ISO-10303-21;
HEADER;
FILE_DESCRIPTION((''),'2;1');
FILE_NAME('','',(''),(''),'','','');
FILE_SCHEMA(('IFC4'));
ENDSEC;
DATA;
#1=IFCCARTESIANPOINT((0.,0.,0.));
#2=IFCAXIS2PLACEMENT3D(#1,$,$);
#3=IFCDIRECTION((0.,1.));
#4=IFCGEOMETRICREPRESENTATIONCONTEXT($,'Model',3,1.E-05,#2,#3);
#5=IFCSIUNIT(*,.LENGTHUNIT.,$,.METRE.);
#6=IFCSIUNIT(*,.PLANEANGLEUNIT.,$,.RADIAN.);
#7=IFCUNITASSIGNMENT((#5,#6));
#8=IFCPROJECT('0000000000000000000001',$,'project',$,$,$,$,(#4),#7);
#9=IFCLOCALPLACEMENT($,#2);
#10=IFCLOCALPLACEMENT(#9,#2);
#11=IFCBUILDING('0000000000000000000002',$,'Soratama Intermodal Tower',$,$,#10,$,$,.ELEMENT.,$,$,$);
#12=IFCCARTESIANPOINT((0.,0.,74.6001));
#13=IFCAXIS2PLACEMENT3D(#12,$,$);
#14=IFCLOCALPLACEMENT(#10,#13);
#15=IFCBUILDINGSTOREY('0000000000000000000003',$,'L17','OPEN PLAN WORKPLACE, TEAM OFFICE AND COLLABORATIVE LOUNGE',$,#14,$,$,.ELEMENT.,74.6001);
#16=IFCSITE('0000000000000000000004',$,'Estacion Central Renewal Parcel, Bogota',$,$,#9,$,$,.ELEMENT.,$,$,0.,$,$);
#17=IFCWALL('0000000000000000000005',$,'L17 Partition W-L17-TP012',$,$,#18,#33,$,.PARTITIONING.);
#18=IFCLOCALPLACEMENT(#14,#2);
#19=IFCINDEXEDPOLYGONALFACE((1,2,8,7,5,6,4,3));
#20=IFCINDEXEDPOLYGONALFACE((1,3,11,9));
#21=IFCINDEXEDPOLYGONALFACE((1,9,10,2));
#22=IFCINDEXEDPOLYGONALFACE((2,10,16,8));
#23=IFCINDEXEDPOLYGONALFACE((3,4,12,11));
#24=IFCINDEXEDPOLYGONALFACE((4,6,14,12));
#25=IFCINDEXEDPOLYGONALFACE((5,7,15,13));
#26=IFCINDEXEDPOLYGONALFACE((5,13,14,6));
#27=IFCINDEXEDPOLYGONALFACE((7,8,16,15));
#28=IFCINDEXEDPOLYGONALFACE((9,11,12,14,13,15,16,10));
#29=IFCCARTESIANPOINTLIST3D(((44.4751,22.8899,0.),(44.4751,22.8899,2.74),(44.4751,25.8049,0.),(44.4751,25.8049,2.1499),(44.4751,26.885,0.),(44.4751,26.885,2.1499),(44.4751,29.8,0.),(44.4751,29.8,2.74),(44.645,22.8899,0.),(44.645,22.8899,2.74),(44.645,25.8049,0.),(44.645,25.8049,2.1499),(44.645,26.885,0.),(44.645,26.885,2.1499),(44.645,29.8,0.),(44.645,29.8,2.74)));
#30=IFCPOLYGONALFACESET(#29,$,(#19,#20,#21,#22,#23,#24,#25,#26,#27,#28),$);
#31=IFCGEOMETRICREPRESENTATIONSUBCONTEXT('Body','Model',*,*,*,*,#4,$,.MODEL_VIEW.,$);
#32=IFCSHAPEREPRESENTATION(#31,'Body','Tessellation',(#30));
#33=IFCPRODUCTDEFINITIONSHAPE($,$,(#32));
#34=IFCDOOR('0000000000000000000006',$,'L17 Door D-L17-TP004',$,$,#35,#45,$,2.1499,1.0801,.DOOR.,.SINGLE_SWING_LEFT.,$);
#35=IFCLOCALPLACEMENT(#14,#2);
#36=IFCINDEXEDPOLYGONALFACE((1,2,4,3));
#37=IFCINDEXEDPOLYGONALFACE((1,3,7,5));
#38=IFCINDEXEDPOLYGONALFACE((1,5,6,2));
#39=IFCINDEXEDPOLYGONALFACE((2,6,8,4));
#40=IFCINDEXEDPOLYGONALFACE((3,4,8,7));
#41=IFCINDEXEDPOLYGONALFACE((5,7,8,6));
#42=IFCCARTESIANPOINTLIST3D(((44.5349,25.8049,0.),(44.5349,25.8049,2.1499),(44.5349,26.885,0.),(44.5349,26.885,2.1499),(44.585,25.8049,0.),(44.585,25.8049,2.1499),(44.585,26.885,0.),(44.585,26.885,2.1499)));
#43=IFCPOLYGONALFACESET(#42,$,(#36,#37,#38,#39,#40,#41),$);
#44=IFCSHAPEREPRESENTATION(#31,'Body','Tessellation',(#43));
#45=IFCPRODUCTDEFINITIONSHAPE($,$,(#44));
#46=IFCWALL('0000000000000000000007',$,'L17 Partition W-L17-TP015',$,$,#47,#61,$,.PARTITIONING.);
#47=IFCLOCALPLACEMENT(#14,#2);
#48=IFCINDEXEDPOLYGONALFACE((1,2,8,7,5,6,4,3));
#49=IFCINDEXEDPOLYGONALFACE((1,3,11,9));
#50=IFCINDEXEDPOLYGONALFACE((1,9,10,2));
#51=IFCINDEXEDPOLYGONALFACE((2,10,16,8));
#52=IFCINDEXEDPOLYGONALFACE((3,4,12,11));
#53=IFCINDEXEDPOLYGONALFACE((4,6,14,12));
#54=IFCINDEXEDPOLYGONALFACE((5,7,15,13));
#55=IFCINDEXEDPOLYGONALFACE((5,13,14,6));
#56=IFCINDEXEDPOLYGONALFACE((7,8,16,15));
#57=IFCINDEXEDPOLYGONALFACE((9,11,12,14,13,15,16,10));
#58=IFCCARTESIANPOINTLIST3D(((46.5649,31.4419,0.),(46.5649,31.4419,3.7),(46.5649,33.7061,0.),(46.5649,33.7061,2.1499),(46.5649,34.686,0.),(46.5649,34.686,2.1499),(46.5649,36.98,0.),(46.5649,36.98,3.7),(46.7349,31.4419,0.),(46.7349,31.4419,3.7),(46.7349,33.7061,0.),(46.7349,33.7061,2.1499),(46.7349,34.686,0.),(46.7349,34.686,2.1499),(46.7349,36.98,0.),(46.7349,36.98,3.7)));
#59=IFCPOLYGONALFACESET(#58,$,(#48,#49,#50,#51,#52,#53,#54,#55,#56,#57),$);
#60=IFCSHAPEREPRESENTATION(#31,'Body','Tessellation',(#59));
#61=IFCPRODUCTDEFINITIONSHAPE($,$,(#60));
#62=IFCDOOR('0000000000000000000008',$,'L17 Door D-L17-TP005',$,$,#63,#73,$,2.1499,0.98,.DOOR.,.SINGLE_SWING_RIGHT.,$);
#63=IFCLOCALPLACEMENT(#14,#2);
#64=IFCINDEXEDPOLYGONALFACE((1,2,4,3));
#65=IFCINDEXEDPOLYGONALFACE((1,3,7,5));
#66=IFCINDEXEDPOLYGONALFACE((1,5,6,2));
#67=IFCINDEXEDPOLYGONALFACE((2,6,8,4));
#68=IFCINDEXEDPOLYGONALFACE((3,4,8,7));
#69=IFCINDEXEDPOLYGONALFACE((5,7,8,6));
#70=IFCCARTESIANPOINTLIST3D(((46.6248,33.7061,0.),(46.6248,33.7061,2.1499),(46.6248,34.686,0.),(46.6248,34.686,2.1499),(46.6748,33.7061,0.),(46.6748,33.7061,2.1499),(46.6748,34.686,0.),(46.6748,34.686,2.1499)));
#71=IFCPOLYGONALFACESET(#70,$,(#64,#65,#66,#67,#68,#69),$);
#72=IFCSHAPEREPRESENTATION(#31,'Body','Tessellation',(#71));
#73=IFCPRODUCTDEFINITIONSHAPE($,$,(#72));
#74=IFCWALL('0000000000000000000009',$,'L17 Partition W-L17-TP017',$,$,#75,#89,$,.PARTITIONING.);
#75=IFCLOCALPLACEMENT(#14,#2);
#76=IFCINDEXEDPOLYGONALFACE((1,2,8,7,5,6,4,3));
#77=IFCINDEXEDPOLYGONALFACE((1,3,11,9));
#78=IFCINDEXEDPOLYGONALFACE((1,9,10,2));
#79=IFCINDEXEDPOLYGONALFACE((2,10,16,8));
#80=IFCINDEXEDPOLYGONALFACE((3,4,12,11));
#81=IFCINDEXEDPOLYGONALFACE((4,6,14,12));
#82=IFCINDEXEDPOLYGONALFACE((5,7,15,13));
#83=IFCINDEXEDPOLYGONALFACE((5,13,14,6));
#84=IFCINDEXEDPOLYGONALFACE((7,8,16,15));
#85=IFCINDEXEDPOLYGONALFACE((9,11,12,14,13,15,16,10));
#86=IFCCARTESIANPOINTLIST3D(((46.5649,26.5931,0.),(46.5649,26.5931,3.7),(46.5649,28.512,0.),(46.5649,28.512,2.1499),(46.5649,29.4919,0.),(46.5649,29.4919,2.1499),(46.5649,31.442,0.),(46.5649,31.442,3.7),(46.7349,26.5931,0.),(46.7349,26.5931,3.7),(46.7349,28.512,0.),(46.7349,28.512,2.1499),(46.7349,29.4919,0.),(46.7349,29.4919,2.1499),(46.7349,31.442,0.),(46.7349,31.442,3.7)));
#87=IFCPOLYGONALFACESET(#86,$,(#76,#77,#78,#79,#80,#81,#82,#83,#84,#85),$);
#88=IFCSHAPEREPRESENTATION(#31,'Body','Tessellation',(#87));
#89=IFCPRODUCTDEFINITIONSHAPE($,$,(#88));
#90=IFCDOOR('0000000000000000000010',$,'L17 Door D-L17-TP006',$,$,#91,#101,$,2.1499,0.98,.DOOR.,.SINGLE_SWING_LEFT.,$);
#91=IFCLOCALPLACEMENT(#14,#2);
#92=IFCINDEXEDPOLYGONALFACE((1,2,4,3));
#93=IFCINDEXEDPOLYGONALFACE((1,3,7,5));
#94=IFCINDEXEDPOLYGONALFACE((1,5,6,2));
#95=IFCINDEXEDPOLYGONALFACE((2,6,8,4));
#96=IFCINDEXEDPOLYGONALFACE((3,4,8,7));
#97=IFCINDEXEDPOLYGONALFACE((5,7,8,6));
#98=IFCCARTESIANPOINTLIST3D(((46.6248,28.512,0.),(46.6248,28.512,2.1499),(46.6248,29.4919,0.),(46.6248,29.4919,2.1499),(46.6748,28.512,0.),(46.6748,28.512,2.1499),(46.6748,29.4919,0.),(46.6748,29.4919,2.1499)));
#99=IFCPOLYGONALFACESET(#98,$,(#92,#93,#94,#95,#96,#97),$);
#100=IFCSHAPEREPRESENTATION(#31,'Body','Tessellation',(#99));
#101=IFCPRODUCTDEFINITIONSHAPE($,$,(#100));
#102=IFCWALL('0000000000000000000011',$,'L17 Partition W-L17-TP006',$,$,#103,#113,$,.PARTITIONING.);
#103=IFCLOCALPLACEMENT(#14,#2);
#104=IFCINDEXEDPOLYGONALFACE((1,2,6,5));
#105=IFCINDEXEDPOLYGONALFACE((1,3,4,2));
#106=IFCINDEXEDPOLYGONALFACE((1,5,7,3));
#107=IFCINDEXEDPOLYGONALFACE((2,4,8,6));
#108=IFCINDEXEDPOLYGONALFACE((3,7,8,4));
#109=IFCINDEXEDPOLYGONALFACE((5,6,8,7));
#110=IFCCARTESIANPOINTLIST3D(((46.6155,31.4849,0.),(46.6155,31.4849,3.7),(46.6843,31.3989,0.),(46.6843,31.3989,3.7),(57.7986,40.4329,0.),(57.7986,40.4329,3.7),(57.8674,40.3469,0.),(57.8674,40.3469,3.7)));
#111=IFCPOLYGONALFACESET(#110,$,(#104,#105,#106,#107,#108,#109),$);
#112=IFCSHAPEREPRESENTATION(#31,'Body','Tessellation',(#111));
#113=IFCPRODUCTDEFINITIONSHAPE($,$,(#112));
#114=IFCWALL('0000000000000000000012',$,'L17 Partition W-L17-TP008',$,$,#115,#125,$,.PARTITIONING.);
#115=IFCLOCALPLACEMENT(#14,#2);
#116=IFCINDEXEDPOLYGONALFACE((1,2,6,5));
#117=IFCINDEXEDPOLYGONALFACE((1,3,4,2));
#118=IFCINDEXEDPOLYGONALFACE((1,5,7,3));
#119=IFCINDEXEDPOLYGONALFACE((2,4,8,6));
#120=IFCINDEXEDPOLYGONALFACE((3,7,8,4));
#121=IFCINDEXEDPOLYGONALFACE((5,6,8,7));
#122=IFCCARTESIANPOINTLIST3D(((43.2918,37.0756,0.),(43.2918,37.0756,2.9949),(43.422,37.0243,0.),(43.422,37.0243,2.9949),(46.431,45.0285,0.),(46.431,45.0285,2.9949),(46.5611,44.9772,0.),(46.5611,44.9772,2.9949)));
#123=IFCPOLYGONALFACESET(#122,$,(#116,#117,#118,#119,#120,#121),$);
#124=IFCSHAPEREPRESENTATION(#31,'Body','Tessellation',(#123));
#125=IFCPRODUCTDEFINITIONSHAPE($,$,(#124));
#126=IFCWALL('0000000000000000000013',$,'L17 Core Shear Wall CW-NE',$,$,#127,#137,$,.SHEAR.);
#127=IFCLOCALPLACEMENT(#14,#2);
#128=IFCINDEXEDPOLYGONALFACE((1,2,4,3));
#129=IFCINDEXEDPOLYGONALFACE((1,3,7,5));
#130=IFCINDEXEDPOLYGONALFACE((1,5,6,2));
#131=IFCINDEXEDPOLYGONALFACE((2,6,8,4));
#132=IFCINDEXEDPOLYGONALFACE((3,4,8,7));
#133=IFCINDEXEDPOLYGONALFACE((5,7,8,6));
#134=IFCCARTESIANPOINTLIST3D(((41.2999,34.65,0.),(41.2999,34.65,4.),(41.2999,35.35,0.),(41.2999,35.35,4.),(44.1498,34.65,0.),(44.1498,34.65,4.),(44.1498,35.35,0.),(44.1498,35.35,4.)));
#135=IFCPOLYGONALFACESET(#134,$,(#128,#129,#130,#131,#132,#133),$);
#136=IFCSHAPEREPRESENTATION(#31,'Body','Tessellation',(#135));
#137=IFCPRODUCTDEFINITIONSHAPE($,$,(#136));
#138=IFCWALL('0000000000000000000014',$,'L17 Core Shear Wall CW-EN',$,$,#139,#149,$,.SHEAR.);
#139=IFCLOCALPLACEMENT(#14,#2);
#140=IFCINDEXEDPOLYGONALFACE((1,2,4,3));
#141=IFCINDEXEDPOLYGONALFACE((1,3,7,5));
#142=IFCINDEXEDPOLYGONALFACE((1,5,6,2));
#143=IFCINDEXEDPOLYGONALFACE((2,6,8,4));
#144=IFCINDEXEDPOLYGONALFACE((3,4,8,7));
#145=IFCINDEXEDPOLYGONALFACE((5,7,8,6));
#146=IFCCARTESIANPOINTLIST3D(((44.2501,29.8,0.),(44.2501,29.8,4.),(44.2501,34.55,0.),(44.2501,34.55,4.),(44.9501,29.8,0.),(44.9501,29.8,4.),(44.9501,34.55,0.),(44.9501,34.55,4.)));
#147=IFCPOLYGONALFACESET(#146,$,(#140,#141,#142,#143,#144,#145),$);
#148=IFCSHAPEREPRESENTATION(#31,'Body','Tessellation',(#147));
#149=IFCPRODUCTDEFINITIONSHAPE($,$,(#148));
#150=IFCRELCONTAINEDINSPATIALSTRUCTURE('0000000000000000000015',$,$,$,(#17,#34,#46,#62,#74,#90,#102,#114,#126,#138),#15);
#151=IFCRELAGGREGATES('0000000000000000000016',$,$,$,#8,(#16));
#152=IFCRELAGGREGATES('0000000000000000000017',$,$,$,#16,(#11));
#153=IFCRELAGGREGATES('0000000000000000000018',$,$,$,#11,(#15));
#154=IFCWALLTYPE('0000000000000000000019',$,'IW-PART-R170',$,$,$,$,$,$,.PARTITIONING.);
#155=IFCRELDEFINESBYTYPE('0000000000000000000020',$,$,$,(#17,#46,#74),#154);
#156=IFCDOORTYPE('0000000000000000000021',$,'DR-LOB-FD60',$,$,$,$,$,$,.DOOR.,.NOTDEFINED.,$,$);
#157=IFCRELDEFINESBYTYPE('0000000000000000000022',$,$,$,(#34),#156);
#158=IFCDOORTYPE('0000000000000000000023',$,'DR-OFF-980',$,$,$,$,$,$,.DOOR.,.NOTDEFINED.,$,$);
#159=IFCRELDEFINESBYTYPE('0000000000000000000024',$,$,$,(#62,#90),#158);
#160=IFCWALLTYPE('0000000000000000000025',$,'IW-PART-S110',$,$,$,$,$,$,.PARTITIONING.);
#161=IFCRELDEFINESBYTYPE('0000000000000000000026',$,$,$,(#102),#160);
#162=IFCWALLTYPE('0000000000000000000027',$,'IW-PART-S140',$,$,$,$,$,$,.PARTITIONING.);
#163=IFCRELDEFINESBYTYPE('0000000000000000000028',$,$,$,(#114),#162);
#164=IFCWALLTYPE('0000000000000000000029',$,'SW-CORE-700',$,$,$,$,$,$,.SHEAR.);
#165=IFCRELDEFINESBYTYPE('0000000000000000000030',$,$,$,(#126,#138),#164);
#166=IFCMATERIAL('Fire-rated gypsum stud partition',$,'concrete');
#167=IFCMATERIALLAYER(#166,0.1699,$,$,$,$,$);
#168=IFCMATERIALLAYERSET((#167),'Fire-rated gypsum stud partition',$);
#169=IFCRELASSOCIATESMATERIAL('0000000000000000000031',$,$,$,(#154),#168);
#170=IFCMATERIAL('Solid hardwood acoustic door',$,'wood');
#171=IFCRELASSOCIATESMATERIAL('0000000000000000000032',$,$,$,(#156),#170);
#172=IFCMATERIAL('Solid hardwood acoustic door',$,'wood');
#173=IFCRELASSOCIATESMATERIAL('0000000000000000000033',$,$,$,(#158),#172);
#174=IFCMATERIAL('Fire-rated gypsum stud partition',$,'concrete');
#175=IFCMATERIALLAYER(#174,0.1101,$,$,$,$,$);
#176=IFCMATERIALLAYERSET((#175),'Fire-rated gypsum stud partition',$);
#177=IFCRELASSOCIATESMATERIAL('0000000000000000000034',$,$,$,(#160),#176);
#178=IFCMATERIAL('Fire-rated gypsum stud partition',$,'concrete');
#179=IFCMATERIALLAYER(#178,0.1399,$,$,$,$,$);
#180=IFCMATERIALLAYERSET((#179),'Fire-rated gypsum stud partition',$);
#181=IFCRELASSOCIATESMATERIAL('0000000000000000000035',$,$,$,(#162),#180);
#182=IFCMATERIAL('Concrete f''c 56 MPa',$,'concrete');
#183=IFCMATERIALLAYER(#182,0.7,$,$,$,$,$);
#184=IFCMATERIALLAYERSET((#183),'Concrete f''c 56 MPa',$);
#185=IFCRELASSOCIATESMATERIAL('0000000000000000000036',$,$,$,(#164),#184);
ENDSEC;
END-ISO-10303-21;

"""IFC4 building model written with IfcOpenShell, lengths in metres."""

from ifc_helpers import new_model, si_unit, direction, frame, frame_2d, origin, place, context, subcontext, project, spatial, rectangle, extrude, material, layer, layer_set, type_object, element, fill, save


model = new_model("IFC4")

# Units and contexts
model_context = context("Model", 3, precision=1e-05, world=origin(), true_north=direction((0.0, 1.0)))
body_context = subcontext(model_context, "Body", "Model", "MODEL_VIEW")
ifc_project = project(units=[si_unit("LENGTHUNIT", "METRE"), si_unit("PLANEANGLEUNIT", "RADIAN")], contexts=[model_context])

# Site, building, storey
site_placement = place(None, origin())
site = spatial("IfcSite", under=ifc_project, at=site_placement, Name="Estacion Central Renewal Parcel, Bogota", CompositionType="ELEMENT", RefElevation=0.0)
building_placement = place(site_placement, origin())
building = spatial("IfcBuilding", under=site, at=building_placement, Name="Soratama Intermodal Tower", CompositionType="ELEMENT")
storey_placement = place(building_placement, frame((0.0, 0.0, 74.6001)))
storey = spatial("IfcBuildingStorey", under=building, at=storey_placement, Name="L17", Description="OPEN PLAN WORKPLACE, TEAM OFFICE AND COLLABORATIVE LOUNGE", CompositionType="ELEMENT", Elevation=74.6001)

# Walls, openings, doors
ifc_material_1 = material(Name="Fire-rated gypsum stud partition", Category="concrete")
ifc_layer_1 = layer(ifc_material_1, 0.1699)
ifc_layer_set_1 = layer_set([ifc_layer_1], Name="Fire-rated gypsum stud partition")
wall_type_1 = type_object("IfcWallType", Name="IW-PART-R170", PredefinedType="PARTITIONING", material=ifc_layer_set_1)
wall_1_placement = place(storey_placement, frame((44.5601, 29.8, 0.0), z_axis=(0.0, 0.0, 1.0), x_axis=(0.0, -1.0, 0.0)))
wall_1 = element("IfcWall", 1, at=wall_1_placement, inside=storey, type_object=wall_type_1, Name="L17 Partition W-L17-TP012", PredefinedType="PARTITIONING", context=body_context, shape_type="SweptSolid", body=[
    extrude(rectangle(XDim=6.9102, YDim=0.1699, at=frame_2d((3.4551, 0.0))), origin(), (0.0, 0.0, 1.0), 2.74),
])
opening_1_placement = place(wall_1_placement, frame((2.915, 0.0, 0.0)))
opening_1 = element("IfcOpeningElement", 2, at=opening_1_placement, cuts=wall_1, PredefinedType="OPENING", context=body_context, shape_type="SweptSolid", body=[
    extrude(rectangle(XDim=1.0801, YDim=2.1499, at=frame_2d((0.54, 1.075))), frame((0.0, 0.095, 0.0), z_axis=(0.0, -1.0, 0.0), x_axis=(1.0, 0.0, 0.0)), (0.0, 0.0, 1.0), 0.1899),
])
ifc_material_2 = material(Name="Solid hardwood acoustic door", Category="wood")
door_type_1 = type_object("IfcDoorType", Name="DR-LOB-FD60", OperationType="NOTDEFINED", PredefinedType="DOOR", material=ifc_material_2)
door_1_placement = place(opening_1_placement, origin())
door_1 = element("IfcDoor", 3, at=door_1_placement, inside=storey, type_object=door_type_1, Name="L17 Door D-L17-TP004", OperationType="SINGLE_SWING_LEFT", OverallHeight=2.1499, OverallWidth=1.0801, PredefinedType="DOOR", context=body_context, shape_type="SweptSolid", body=[
    extrude(rectangle(XDim=1.0801, YDim=2.1499, at=frame_2d((0.54, 1.075))), frame((0.0, 0.0249, 0.0), z_axis=(0.0, -1.0, 0.0), x_axis=(1.0, 0.0, 0.0)), (0.0, 0.0, 1.0), 0.05),
])
fill(opening_1, door_1)
wall_2_placement = place(storey_placement, frame((46.6499, 36.98, 0.0), z_axis=(0.0, 0.0, 1.0), x_axis=(0.0, -1.0, 0.0)))
wall_2 = element("IfcWall", 4, at=wall_2_placement, inside=storey, type_object=wall_type_1, Name="L17 Partition W-L17-TP015", PredefinedType="PARTITIONING", context=body_context, shape_type="SweptSolid", body=[
    extrude(rectangle(XDim=5.5381, YDim=0.1699, at=frame_2d((2.769, 0.0))), origin(), (0.0, 0.0, 1.0), 3.7),
])
opening_2_placement = place(wall_2_placement, frame((2.2939, 0.0, 0.0)))
opening_2 = element("IfcOpeningElement", 5, at=opening_2_placement, cuts=wall_2, PredefinedType="OPENING", context=body_context, shape_type="SweptSolid", body=[
    extrude(rectangle(XDim=0.98, YDim=2.1499, at=frame_2d((0.49, 1.075))), frame((0.0, 0.095, 0.0), z_axis=(0.0, -1.0, 0.0), x_axis=(1.0, 0.0, 0.0)), (0.0, 0.0, 1.0), 0.1899),
])
ifc_material_3 = material(Name="Solid hardwood acoustic door", Category="wood")
door_type_2 = type_object("IfcDoorType", Name="DR-OFF-980", OperationType="NOTDEFINED", PredefinedType="DOOR", material=ifc_material_3)
door_2_placement = place(opening_2_placement, origin())
door_2 = element("IfcDoor", 6, at=door_2_placement, inside=storey, type_object=door_type_2, Name="L17 Door D-L17-TP005", OperationType="SINGLE_SWING_RIGHT", OverallHeight=2.1499, OverallWidth=0.98, PredefinedType="DOOR", context=body_context, shape_type="SweptSolid", body=[
    extrude(rectangle(XDim=0.98, YDim=2.1499, at=frame_2d((0.49, 1.075))), frame((0.0, 0.0249, 0.0), z_axis=(0.0, -1.0, 0.0), x_axis=(1.0, 0.0, 0.0)), (0.0, 0.0, 1.0), 0.05),
])
fill(opening_2, door_2)
wall_3_placement = place(storey_placement, frame((46.6499, 31.4419, 0.0), z_axis=(0.0, 0.0, 1.0), x_axis=(0.0, -1.0, 0.0)))
wall_3 = element("IfcWall", 7, at=wall_3_placement, inside=storey, type_object=wall_type_1, Name="L17 Partition W-L17-TP017", PredefinedType="PARTITIONING", context=body_context, shape_type="SweptSolid", body=[
    extrude(rectangle(XDim=4.8489, YDim=0.1699, at=frame_2d((2.4243, 0.0))), origin(), (0.0, 0.0, 1.0), 3.7),
])
opening_3_placement = place(wall_3_placement, frame((1.95, 0.0, 0.0)))
opening_3 = element("IfcOpeningElement", 8, at=opening_3_placement, cuts=wall_3, PredefinedType="OPENING", context=body_context, shape_type="SweptSolid", body=[
    extrude(rectangle(XDim=0.98, YDim=2.1499, at=frame_2d((0.49, 1.075))), frame((0.0, 0.095, 0.0), z_axis=(0.0, -1.0, 0.0), x_axis=(1.0, 0.0, 0.0)), (0.0, 0.0, 1.0), 0.1899),
])
door_3_placement = place(opening_3_placement, origin())
door_3 = element("IfcDoor", 9, at=door_3_placement, inside=storey, type_object=door_type_2, Name="L17 Door D-L17-TP006", OperationType="SINGLE_SWING_LEFT", OverallHeight=2.1499, OverallWidth=0.98, PredefinedType="DOOR", context=body_context, shape_type="SweptSolid", body=[
    extrude(rectangle(XDim=0.98, YDim=2.1499, at=frame_2d((0.49, 1.075))), frame((0.0, 0.0249, 0.0), z_axis=(0.0, -1.0, 0.0), x_axis=(1.0, 0.0, 0.0)), (0.0, 0.0, 1.0), 0.05),
])
fill(opening_3, door_3)

# Walls
ifc_material_4 = material(Name="Fire-rated gypsum stud partition", Category="concrete")
ifc_layer_2 = layer(ifc_material_4, 0.1101)
ifc_layer_set_2 = layer_set([ifc_layer_2], Name="Fire-rated gypsum stud partition")
wall_type_2 = type_object("IfcWallType", Name="IW-PART-S110", PredefinedType="PARTITIONING", material=ifc_layer_set_2)
wall_4_placement = place(storey_placement, frame((46.6499, 31.4419, 0.0), z_axis=(0.0, 0.0, 1.0), x_axis=(0.780817, 0.624759, 0.0)))
element("IfcWall", 10, at=wall_4_placement, inside=storey, type_object=wall_type_2, Name="L17 Partition W-L17-TP006", PredefinedType="PARTITIONING", context=body_context, shape_type="SweptSolid", body=[
    extrude(rectangle(XDim=14.3223, YDim=0.1101, at=frame_2d((7.1611, 0.0))), origin(), (0.0, 0.0, 1.0), 3.7),
])
ifc_material_5 = material(Name="Fire-rated gypsum stud partition", Category="concrete")
ifc_layer_3 = layer(ifc_material_5, 0.1399)
ifc_layer_set_3 = layer_set([ifc_layer_3], Name="Fire-rated gypsum stud partition")
wall_type_3 = type_object("IfcWallType", Name="IW-PART-S140", PredefinedType="PARTITIONING", material=ifc_layer_set_3)
wall_5_placement = place(storey_placement, frame((43.3569, 37.05, 0.0), z_axis=(0.0, 0.0, 1.0), x_axis=(0.367153, 0.930161, 0.0)))
element("IfcWall", 11, at=wall_5_placement, inside=storey, type_object=wall_type_3, Name="L17 Partition W-L17-TP008", PredefinedType="PARTITIONING", context=body_context, shape_type="SweptSolid", body=[
    extrude(rectangle(XDim=8.55, YDim=0.1399, at=frame_2d((4.2749, 0.0))), origin(), (0.0, 0.0, 1.0), 2.9949),
])
ifc_material_6 = material(Name="Concrete f'c 56 MPa", Category="concrete")
ifc_layer_4 = layer(ifc_material_6, 0.7)
ifc_layer_set_4 = layer_set([ifc_layer_4], Name="Concrete f'c 56 MPa")
wall_type_4 = type_object("IfcWallType", Name="SW-CORE-700", PredefinedType="SHEAR", material=ifc_layer_set_4)
wall_6_placement = place(storey_placement, frame((41.3, 35.0, 0.0), z_axis=(0.0, 0.0, 1.0), x_axis=(1.0, 0.0, 0.0)))
element("IfcWall", 12, at=wall_6_placement, inside=storey, type_object=wall_type_4, Name="L17 Core Shear Wall CW-NE", PredefinedType="SHEAR", context=body_context, shape_type="SweptSolid", body=[
    extrude(rectangle(XDim=2.8499, YDim=0.7, at=frame_2d((1.4248, 0.0))), origin(), (0.0, 0.0, 1.0), 4.0),
])
wall_7_placement = place(storey_placement, frame((44.6001, 29.8, 0.0), z_axis=(0.0, 0.0, 1.0), x_axis=(0.0, 1.0, 0.0)))
element("IfcWall", 13, at=wall_7_placement, inside=storey, type_object=wall_type_4, Name="L17 Core Shear Wall CW-EN", PredefinedType="SHEAR", context=body_context, shape_type="SweptSolid", body=[
    extrude(rectangle(XDim=4.75, YDim=0.7, at=frame_2d((2.375, 0.0))), origin(), (0.0, 0.0, 1.0), 4.0),
])

save(model, "model.ifc")
